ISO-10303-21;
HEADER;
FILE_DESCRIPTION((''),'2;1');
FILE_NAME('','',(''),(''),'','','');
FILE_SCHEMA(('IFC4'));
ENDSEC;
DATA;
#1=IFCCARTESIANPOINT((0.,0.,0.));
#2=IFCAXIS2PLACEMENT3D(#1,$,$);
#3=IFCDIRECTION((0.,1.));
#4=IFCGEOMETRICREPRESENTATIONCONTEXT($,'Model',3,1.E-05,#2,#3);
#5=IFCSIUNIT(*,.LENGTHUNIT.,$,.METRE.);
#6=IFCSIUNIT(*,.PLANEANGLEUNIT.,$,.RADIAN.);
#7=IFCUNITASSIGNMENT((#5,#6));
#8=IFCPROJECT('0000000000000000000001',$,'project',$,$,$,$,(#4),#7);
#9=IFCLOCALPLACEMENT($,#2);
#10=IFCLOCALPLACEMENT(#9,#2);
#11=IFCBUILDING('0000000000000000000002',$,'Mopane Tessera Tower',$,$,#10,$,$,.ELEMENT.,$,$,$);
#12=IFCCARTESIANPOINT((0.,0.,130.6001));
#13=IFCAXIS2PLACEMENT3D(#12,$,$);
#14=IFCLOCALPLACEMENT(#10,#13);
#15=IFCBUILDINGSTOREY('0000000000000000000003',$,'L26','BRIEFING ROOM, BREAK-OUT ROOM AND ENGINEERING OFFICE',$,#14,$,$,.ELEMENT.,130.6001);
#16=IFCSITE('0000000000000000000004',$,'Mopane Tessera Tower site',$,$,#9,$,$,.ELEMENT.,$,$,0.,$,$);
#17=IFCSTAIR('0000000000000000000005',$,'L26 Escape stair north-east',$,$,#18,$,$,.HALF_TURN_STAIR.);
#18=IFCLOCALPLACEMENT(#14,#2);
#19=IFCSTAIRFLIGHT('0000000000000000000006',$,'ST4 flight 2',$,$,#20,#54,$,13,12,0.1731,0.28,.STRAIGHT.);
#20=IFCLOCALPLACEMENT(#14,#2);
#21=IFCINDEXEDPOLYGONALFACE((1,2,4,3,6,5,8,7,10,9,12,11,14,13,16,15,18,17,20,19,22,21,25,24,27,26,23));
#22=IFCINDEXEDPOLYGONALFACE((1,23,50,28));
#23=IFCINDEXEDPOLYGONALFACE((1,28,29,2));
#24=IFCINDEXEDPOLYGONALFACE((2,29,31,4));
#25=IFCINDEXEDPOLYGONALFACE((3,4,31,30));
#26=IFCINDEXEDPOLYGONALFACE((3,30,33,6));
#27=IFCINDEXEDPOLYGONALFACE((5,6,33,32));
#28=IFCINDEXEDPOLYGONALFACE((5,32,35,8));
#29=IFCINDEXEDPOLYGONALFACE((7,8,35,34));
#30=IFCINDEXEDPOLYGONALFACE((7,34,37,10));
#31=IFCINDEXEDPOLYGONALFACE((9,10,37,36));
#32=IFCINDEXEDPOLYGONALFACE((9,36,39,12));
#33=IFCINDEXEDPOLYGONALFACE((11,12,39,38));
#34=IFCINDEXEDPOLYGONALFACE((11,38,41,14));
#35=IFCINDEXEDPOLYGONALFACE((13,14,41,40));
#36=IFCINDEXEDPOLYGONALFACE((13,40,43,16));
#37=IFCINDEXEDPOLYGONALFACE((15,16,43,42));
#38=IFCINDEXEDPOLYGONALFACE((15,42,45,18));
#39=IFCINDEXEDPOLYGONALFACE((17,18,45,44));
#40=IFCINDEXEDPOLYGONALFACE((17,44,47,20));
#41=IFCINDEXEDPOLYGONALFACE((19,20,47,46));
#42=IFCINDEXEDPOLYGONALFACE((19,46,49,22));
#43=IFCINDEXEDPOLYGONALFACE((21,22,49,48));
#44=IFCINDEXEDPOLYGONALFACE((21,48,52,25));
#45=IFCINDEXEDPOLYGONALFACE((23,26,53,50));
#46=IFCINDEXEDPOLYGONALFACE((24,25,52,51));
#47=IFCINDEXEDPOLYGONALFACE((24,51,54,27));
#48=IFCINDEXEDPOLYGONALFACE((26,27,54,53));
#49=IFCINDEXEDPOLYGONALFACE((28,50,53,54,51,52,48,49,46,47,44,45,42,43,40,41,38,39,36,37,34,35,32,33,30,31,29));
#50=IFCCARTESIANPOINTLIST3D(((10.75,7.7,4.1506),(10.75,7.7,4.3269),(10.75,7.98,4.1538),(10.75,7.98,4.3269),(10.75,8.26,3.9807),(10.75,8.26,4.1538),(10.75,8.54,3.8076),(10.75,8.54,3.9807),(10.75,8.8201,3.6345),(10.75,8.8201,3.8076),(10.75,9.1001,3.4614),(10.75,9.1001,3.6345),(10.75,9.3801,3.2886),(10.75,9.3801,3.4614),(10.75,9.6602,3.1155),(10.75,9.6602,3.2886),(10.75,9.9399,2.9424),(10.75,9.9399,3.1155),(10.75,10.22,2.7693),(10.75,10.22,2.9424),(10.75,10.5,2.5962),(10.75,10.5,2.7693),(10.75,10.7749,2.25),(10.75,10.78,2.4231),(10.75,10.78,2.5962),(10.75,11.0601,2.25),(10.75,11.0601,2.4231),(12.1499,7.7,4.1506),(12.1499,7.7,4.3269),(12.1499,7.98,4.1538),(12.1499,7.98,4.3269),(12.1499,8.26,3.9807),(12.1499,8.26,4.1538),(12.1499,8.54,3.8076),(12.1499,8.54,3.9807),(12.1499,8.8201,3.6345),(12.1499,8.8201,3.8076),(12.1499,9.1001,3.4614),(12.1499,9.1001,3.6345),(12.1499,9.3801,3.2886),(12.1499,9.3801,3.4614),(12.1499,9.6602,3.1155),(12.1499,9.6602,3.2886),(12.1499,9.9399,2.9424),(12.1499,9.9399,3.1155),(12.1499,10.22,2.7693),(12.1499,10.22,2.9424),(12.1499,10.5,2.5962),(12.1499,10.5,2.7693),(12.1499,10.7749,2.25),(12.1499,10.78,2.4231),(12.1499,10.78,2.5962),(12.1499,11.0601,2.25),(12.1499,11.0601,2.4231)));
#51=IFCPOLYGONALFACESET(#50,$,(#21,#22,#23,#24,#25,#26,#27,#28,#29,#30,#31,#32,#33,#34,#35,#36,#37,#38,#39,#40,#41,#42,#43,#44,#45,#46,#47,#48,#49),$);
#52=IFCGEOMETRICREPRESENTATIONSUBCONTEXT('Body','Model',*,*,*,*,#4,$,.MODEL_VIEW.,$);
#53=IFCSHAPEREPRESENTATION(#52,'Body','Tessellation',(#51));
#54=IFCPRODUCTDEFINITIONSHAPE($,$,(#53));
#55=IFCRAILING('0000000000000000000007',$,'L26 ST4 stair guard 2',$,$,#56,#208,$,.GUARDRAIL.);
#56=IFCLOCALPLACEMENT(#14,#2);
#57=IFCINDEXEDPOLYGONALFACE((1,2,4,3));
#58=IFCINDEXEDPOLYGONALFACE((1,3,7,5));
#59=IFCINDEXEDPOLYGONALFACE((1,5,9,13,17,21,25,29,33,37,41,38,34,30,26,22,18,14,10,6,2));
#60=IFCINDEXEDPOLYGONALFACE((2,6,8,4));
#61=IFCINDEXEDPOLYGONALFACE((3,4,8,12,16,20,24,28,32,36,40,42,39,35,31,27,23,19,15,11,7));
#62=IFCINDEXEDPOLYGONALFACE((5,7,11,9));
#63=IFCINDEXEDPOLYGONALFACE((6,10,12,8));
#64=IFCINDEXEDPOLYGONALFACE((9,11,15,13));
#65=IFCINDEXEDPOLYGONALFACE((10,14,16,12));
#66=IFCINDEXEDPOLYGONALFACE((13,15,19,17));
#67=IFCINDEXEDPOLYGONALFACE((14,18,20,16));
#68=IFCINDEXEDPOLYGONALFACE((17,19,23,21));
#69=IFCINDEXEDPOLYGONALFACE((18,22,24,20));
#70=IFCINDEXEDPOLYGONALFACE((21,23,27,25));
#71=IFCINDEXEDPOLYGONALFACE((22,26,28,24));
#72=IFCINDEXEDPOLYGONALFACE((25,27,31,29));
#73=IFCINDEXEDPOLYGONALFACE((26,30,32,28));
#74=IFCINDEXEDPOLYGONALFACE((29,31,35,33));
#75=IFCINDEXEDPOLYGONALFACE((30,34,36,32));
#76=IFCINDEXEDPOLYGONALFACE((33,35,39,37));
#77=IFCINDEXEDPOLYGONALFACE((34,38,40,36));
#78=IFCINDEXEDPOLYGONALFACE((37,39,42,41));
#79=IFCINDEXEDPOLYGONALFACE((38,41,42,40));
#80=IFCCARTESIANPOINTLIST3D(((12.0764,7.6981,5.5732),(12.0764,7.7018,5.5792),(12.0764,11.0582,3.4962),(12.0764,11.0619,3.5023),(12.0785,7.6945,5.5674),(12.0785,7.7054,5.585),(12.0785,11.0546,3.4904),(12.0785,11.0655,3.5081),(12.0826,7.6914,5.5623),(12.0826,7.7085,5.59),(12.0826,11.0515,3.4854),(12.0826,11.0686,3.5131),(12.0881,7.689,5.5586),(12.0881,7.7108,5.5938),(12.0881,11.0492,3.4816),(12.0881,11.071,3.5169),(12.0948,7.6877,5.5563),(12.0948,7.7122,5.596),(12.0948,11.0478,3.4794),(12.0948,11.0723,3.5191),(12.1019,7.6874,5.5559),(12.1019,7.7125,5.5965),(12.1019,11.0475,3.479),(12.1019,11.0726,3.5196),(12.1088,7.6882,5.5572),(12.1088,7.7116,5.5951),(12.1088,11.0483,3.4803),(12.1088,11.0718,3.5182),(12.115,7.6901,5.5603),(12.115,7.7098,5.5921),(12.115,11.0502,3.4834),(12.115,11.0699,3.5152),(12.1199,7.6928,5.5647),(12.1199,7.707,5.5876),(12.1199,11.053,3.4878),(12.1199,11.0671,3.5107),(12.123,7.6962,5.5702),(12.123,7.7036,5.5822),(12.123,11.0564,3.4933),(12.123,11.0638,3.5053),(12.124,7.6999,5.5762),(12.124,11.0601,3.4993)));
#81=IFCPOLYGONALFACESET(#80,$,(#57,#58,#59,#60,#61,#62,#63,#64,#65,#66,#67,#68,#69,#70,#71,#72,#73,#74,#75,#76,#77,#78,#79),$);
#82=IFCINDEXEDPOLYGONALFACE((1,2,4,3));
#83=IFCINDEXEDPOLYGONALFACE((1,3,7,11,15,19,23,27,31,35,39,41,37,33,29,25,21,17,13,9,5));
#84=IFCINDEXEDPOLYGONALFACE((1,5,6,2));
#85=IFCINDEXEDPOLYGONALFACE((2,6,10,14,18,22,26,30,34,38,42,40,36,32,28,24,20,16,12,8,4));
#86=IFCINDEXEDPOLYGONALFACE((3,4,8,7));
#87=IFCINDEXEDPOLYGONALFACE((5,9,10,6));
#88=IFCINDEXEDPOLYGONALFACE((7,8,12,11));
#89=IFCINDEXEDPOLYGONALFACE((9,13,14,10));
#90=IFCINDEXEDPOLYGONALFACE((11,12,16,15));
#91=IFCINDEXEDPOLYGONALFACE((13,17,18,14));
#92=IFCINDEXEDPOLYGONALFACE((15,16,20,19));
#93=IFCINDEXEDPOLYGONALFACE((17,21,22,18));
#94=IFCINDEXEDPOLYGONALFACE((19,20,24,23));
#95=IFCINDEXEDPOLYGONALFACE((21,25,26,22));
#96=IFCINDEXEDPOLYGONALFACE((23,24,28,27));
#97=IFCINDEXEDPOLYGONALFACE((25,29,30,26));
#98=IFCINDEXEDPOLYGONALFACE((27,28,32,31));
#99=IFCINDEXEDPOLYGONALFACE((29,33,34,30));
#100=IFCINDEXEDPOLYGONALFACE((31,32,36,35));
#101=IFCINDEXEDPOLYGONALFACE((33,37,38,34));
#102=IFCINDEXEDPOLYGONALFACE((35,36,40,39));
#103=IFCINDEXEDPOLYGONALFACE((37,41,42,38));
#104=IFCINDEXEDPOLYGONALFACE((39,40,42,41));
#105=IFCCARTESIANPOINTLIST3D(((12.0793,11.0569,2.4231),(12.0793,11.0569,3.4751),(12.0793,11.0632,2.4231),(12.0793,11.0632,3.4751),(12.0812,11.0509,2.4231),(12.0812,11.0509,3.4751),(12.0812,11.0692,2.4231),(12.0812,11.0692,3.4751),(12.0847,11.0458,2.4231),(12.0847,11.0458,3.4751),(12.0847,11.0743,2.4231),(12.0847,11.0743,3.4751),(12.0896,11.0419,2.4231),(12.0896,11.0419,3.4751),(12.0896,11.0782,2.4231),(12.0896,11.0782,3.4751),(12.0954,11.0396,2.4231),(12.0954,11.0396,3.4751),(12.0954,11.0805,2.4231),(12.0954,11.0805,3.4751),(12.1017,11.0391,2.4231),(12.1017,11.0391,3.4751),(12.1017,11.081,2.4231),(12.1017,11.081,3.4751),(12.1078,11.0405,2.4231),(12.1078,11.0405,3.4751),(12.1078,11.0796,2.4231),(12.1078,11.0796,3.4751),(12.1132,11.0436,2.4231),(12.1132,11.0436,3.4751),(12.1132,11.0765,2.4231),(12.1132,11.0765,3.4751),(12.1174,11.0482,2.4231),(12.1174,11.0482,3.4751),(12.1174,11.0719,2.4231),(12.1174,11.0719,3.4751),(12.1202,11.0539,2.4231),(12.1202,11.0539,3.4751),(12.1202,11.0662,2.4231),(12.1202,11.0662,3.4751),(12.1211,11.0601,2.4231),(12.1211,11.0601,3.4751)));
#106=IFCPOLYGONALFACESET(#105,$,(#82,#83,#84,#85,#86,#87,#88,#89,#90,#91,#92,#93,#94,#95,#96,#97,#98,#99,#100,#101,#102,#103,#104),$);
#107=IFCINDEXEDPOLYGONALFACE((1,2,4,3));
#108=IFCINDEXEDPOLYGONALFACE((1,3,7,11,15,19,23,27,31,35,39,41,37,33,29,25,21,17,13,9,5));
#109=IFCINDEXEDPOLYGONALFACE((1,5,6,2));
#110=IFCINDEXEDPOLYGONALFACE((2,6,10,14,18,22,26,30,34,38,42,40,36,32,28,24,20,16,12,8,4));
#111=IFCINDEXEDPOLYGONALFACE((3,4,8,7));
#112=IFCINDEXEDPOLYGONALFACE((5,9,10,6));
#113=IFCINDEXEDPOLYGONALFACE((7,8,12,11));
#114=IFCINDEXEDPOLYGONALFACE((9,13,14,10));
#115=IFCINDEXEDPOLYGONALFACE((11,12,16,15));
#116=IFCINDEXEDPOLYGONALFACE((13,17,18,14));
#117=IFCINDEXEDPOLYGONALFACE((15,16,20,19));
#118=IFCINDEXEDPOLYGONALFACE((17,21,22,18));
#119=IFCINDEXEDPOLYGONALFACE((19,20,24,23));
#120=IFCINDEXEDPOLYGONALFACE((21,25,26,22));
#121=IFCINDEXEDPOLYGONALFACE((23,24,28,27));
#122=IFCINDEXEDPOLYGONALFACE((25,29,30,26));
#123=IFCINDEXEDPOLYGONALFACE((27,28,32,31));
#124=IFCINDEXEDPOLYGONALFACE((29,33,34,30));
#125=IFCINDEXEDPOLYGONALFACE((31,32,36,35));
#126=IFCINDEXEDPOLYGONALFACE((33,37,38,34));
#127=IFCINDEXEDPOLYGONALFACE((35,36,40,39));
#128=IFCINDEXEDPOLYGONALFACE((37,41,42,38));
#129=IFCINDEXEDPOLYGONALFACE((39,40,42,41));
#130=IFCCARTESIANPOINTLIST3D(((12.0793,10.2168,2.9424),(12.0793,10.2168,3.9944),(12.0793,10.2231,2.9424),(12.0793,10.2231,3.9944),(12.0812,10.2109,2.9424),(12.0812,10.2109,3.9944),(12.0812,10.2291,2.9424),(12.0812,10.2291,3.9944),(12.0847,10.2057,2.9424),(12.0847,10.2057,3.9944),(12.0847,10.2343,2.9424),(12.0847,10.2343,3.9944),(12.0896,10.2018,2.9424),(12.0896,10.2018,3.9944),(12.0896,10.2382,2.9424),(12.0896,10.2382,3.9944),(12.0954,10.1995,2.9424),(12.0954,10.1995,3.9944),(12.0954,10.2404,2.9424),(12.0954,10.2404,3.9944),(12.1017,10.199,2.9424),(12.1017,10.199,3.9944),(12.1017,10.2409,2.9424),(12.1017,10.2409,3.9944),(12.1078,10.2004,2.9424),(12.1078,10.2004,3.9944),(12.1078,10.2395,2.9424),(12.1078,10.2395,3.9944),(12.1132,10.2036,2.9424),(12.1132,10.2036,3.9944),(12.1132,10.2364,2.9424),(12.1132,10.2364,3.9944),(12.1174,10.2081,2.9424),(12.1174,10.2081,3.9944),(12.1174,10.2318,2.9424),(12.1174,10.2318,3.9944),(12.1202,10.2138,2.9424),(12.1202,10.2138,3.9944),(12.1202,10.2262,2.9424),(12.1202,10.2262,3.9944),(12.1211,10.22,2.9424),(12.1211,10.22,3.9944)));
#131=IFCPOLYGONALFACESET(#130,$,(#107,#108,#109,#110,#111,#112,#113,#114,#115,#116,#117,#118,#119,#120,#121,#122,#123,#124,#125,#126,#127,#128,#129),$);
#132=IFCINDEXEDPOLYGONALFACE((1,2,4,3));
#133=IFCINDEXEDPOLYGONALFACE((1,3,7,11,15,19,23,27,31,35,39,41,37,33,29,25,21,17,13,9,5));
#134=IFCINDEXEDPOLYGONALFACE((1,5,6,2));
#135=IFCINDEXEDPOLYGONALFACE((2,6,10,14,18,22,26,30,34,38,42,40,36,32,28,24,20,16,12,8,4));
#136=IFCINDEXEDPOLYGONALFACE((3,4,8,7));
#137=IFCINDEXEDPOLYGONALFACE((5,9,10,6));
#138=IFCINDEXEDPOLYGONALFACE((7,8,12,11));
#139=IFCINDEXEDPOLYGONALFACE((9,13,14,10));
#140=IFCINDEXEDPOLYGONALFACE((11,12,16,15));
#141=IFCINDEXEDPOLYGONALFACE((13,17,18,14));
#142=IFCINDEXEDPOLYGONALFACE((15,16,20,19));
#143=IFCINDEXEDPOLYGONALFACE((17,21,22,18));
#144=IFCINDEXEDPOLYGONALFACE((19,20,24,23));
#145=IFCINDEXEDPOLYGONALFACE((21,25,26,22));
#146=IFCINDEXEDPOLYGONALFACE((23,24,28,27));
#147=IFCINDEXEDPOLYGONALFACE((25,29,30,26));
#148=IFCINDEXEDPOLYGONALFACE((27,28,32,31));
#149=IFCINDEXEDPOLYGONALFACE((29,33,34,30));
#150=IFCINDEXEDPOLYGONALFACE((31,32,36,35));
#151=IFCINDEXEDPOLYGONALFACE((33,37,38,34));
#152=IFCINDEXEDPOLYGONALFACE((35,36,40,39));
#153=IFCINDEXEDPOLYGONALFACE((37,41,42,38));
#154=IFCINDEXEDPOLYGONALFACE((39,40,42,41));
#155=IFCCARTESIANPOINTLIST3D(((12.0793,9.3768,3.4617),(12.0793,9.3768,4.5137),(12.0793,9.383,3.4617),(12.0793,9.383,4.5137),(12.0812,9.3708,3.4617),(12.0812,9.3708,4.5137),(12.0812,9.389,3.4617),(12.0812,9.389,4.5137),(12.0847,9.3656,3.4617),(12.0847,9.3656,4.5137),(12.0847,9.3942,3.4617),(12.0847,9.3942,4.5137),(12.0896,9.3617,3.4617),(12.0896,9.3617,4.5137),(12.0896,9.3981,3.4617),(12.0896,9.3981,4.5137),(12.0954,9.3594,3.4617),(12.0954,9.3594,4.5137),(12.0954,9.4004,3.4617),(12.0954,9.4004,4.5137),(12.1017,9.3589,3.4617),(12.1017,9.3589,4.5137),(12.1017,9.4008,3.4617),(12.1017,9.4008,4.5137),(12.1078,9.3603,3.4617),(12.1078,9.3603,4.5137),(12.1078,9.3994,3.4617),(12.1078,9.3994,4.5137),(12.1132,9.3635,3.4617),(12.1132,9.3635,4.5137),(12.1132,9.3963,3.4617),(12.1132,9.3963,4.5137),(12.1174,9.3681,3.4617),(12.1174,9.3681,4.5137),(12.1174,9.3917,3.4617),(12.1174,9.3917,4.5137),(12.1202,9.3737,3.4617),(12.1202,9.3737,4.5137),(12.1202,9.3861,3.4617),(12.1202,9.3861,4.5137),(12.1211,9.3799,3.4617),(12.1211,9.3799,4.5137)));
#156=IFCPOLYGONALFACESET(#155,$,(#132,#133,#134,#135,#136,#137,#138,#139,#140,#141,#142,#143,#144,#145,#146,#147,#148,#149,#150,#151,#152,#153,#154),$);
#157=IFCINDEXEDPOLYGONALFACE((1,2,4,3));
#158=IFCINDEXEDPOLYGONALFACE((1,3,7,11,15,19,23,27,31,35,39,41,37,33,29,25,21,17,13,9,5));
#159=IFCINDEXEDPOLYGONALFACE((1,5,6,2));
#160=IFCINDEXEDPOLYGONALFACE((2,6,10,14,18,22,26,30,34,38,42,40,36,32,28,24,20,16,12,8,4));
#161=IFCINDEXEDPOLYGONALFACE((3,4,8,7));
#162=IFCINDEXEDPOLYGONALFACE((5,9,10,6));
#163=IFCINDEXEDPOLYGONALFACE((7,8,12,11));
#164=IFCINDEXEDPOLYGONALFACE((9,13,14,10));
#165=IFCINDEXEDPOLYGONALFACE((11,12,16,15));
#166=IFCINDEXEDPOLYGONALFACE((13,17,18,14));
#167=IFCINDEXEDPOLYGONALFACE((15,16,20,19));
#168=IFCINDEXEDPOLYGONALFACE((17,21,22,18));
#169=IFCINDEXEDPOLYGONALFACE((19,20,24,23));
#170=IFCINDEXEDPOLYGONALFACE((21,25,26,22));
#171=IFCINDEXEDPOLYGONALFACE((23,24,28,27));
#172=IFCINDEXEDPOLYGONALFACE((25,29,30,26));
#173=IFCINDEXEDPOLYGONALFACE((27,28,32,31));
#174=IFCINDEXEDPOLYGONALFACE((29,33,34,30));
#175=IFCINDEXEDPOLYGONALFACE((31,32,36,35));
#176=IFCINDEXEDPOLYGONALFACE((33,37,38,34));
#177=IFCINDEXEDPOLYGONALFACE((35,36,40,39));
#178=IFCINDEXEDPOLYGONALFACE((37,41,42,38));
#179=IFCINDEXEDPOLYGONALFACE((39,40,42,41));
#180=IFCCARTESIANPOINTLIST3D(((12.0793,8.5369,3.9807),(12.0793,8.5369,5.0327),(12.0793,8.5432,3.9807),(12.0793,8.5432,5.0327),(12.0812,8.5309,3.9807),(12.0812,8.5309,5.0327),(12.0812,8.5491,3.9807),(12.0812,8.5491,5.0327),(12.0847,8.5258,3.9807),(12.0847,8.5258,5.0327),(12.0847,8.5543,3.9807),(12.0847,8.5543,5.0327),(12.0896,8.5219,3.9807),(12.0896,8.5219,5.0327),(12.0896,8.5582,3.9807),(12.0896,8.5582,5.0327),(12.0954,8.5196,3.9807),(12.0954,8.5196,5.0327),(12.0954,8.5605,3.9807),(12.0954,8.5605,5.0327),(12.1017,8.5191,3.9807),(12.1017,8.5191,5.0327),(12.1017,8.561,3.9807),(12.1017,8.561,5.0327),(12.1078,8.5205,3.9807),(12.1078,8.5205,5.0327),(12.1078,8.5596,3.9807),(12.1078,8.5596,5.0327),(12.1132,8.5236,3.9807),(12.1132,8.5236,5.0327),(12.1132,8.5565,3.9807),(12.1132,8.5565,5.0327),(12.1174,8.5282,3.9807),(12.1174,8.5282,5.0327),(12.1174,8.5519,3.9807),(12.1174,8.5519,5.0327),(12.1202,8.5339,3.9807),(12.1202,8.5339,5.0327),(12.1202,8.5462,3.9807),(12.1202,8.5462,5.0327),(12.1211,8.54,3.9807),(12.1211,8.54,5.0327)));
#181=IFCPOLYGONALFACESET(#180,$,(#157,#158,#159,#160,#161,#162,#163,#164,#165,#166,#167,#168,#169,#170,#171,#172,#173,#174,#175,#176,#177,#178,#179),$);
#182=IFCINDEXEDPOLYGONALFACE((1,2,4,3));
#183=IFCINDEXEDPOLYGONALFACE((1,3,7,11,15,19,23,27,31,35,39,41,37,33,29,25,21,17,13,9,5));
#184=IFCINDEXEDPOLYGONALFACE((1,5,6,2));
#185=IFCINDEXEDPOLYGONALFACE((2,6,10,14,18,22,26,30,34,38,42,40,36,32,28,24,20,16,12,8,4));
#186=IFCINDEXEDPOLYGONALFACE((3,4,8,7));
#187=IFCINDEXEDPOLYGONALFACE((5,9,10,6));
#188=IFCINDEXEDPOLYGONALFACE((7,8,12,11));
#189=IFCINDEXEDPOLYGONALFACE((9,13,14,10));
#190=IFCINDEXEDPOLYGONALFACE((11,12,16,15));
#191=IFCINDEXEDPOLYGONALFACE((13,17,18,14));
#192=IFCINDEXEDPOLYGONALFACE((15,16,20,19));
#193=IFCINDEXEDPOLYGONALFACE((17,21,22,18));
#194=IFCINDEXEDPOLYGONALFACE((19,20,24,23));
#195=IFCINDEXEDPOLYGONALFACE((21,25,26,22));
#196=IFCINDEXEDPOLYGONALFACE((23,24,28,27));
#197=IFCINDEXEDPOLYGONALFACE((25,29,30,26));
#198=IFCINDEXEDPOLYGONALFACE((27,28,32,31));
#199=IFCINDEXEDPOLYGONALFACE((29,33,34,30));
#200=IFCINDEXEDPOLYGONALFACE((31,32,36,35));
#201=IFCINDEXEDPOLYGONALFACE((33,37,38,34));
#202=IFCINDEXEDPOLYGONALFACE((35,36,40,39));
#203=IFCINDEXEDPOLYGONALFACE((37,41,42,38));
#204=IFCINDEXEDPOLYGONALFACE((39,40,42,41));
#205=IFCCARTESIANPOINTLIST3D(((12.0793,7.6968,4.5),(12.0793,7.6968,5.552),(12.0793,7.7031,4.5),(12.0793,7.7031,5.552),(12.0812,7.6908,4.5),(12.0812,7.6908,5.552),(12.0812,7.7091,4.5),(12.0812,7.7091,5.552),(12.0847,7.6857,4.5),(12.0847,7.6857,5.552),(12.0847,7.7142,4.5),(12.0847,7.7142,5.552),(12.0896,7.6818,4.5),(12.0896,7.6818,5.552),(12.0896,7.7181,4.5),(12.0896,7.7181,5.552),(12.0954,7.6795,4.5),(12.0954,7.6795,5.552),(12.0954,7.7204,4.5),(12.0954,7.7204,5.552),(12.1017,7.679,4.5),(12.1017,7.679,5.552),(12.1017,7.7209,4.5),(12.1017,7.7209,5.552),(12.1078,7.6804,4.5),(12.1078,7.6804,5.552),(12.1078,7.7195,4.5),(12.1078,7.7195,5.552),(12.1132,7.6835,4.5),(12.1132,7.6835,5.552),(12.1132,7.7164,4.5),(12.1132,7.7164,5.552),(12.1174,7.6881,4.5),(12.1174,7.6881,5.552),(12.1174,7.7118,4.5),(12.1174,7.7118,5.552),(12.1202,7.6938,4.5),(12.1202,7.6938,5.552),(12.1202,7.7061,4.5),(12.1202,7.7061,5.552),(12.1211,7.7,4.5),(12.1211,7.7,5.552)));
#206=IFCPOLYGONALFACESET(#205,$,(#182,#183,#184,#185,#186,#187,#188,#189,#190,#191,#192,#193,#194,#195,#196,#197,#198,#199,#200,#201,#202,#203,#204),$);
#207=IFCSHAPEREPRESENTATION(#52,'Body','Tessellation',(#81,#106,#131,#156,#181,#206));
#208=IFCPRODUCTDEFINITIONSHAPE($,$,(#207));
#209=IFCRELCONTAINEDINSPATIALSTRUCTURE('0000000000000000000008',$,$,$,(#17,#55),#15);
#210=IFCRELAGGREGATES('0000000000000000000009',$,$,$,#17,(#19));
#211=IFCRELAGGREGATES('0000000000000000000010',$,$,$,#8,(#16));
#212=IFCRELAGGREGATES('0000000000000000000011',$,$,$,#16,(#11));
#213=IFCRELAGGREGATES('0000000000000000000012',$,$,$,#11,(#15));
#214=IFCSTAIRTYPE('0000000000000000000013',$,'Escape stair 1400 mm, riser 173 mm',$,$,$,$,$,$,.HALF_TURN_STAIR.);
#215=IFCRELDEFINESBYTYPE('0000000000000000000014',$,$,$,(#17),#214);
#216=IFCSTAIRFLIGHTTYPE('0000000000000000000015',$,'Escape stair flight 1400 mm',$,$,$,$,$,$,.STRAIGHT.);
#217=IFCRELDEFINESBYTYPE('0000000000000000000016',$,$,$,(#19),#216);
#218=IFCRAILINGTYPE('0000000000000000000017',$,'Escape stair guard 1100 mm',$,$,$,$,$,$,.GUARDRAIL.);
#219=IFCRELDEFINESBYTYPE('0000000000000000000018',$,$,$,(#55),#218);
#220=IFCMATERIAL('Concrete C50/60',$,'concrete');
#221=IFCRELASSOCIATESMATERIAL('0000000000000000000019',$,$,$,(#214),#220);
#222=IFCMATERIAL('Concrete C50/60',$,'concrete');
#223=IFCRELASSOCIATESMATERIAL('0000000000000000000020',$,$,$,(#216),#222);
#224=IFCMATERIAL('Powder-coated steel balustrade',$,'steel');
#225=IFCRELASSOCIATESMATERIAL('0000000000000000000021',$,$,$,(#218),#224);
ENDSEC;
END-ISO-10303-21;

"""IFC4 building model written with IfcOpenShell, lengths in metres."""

from ifc_helpers import new_model, si_unit, direction, frame, origin, origin_2d, place, context, subcontext, project, spatial, polyline, circle, outline, extrude, material, type_object, element, aggregate, save


model = new_model("IFC4")

# Units and contexts
model_context = context("Model", 3, precision=1e-05, world=origin(), true_north=direction((0.0, 1.0)))
body_context = subcontext(model_context, "Body", "Model", "MODEL_VIEW")
ifc_project = project(units=[si_unit("LENGTHUNIT", "METRE"), si_unit("PLANEANGLEUNIT", "RADIAN")], contexts=[model_context])

# Site, building, storey
site_placement = place(None, origin())
site = spatial("IfcSite", under=ifc_project, at=site_placement, Name="Mopane Tessera Tower site", CompositionType="ELEMENT", RefElevation=0.0)
building_placement = place(site_placement, origin())
building = spatial("IfcBuilding", under=site, at=building_placement, Name="Mopane Tessera Tower", CompositionType="ELEMENT")
storey_placement = place(building_placement, frame((0.0, 0.0, 130.6001)))
storey = spatial("IfcBuildingStorey", under=building, at=storey_placement, Name="L26", Description="BRIEFING ROOM, BREAK-OUT ROOM AND ENGINEERING OFFICE", CompositionType="ELEMENT", Elevation=130.6001)

# Stair, stair flight
ifc_material_1 = material(Name="Concrete C50/60", Category="concrete")
stair_type = type_object("IfcStairType", Name="Escape stair 1400 mm, riser 173 mm", PredefinedType="HALF_TURN_STAIR", material=ifc_material_1)
stair_placement = place(storey_placement, origin())
stair = element("IfcStair", 1, at=stair_placement, inside=storey, type_object=stair_type, Name="L26 Escape stair north-east", PredefinedType="HALF_TURN_STAIR")
ifc_material_2 = material(Name="Concrete C50/60", Category="concrete")
stair_flight_type = type_object("IfcStairFlightType", Name="Escape stair flight 1400 mm", PredefinedType="STRAIGHT", material=ifc_material_2)
stair_flight_1_placement = place(storey_placement, frame((11.45, 11.0601, 2.25), z_axis=(0.0, 0.0, 1.0), x_axis=(0.0, -1.0, 0.0)))
stair_flight_1 = element("IfcStairFlight", 2, at=stair_flight_1_placement, type_object=stair_flight_type, Name="ST4 flight 2", NumberOfRisers=13, NumberOfTreads=12, PredefinedType="STRAIGHT", RiserHeight=0.1731, TreadLength=0.28, context=body_context, shape_type="SweptSolid", body=[
    extrude(outline(polyline([(0.0, 0.0), (0.0, 0.1731), (0.28, 0.1731), (0.28, 0.3462), (0.5601, 0.3462), (0.5601, 0.5193), (0.8401, 0.5193), (0.8401, 0.6924), (1.1201, 0.6924), (1.1201, 0.8655), (1.3999, 0.8655), (1.3999, 1.0386), (1.6799, 1.0386), (1.6799, 1.2114), (1.96, 1.2114), (1.96, 1.3845), (2.24, 1.3845), (2.24, 1.5576), (2.52, 1.5576), (2.52, 1.7307), (2.8, 1.7307), (2.8, 1.9038), (3.0801, 1.9038), (3.0801, 2.0769), (3.3601, 2.0769), (3.3601, 2.25), (3.3601, 1.9006), (0.2852, 0.0), (0.0, 0.0)])), frame((0.0, 0.7, 0.0), z_axis=(0.0, -1.0, 0.0), x_axis=(1.0, 0.0, 0.0)), (0.0, 0.0, 1.0), 1.3999),
])
aggregate(stair, [stair_flight_1])

# Railing
ifc_material_3 = material(Name="Powder-coated steel balustrade", Category="steel")
railing_type_1 = type_object("IfcRailingType", Name="Escape stair guard 1100 mm", PredefinedType="GUARDRAIL", material=ifc_material_3)
railing_1_placement = place(storey_placement, frame((12.1001, 11.0601, 2.4231)))
element("IfcRailing", 3, at=railing_1_placement, inside=storey, type_object=railing_type_1, Name="L26 ST4 stair guard 2", PredefinedType="GUARDRAIL", context=body_context, shape_type="SweptSolid", body=[
    extrude(circle(Radius=0.0239, at=origin_2d()), frame((0.0, 0.0, 1.0762), z_axis=(0.0, -0.850623, 0.525776), x_axis=(1.0, 0.0, 0.0)), (0.0, 0.0, 1.0), 3.9502),
    extrude(circle(Radius=0.021, at=origin_2d()), origin(), (0.0, 0.0, 1.0), 1.052),
    extrude(circle(Radius=0.021, at=origin_2d()), frame((0.0, -0.8401, 0.5193)), (0.0, 0.0, 1.0), 1.052),
    extrude(circle(Radius=0.021, at=origin_2d()), frame((0.0, -1.6802, 1.0386)), (0.0, 0.0, 1.0), 1.052),
    extrude(circle(Radius=0.021, at=origin_2d()), frame((0.0, -2.52, 1.5576)), (0.0, 0.0, 1.0), 1.052),
    extrude(circle(Radius=0.021, at=origin_2d()), frame((0.0, -3.3601, 2.0769)), (0.0, 0.0, 1.0), 1.052),
])

save(model, "model.ifc")
